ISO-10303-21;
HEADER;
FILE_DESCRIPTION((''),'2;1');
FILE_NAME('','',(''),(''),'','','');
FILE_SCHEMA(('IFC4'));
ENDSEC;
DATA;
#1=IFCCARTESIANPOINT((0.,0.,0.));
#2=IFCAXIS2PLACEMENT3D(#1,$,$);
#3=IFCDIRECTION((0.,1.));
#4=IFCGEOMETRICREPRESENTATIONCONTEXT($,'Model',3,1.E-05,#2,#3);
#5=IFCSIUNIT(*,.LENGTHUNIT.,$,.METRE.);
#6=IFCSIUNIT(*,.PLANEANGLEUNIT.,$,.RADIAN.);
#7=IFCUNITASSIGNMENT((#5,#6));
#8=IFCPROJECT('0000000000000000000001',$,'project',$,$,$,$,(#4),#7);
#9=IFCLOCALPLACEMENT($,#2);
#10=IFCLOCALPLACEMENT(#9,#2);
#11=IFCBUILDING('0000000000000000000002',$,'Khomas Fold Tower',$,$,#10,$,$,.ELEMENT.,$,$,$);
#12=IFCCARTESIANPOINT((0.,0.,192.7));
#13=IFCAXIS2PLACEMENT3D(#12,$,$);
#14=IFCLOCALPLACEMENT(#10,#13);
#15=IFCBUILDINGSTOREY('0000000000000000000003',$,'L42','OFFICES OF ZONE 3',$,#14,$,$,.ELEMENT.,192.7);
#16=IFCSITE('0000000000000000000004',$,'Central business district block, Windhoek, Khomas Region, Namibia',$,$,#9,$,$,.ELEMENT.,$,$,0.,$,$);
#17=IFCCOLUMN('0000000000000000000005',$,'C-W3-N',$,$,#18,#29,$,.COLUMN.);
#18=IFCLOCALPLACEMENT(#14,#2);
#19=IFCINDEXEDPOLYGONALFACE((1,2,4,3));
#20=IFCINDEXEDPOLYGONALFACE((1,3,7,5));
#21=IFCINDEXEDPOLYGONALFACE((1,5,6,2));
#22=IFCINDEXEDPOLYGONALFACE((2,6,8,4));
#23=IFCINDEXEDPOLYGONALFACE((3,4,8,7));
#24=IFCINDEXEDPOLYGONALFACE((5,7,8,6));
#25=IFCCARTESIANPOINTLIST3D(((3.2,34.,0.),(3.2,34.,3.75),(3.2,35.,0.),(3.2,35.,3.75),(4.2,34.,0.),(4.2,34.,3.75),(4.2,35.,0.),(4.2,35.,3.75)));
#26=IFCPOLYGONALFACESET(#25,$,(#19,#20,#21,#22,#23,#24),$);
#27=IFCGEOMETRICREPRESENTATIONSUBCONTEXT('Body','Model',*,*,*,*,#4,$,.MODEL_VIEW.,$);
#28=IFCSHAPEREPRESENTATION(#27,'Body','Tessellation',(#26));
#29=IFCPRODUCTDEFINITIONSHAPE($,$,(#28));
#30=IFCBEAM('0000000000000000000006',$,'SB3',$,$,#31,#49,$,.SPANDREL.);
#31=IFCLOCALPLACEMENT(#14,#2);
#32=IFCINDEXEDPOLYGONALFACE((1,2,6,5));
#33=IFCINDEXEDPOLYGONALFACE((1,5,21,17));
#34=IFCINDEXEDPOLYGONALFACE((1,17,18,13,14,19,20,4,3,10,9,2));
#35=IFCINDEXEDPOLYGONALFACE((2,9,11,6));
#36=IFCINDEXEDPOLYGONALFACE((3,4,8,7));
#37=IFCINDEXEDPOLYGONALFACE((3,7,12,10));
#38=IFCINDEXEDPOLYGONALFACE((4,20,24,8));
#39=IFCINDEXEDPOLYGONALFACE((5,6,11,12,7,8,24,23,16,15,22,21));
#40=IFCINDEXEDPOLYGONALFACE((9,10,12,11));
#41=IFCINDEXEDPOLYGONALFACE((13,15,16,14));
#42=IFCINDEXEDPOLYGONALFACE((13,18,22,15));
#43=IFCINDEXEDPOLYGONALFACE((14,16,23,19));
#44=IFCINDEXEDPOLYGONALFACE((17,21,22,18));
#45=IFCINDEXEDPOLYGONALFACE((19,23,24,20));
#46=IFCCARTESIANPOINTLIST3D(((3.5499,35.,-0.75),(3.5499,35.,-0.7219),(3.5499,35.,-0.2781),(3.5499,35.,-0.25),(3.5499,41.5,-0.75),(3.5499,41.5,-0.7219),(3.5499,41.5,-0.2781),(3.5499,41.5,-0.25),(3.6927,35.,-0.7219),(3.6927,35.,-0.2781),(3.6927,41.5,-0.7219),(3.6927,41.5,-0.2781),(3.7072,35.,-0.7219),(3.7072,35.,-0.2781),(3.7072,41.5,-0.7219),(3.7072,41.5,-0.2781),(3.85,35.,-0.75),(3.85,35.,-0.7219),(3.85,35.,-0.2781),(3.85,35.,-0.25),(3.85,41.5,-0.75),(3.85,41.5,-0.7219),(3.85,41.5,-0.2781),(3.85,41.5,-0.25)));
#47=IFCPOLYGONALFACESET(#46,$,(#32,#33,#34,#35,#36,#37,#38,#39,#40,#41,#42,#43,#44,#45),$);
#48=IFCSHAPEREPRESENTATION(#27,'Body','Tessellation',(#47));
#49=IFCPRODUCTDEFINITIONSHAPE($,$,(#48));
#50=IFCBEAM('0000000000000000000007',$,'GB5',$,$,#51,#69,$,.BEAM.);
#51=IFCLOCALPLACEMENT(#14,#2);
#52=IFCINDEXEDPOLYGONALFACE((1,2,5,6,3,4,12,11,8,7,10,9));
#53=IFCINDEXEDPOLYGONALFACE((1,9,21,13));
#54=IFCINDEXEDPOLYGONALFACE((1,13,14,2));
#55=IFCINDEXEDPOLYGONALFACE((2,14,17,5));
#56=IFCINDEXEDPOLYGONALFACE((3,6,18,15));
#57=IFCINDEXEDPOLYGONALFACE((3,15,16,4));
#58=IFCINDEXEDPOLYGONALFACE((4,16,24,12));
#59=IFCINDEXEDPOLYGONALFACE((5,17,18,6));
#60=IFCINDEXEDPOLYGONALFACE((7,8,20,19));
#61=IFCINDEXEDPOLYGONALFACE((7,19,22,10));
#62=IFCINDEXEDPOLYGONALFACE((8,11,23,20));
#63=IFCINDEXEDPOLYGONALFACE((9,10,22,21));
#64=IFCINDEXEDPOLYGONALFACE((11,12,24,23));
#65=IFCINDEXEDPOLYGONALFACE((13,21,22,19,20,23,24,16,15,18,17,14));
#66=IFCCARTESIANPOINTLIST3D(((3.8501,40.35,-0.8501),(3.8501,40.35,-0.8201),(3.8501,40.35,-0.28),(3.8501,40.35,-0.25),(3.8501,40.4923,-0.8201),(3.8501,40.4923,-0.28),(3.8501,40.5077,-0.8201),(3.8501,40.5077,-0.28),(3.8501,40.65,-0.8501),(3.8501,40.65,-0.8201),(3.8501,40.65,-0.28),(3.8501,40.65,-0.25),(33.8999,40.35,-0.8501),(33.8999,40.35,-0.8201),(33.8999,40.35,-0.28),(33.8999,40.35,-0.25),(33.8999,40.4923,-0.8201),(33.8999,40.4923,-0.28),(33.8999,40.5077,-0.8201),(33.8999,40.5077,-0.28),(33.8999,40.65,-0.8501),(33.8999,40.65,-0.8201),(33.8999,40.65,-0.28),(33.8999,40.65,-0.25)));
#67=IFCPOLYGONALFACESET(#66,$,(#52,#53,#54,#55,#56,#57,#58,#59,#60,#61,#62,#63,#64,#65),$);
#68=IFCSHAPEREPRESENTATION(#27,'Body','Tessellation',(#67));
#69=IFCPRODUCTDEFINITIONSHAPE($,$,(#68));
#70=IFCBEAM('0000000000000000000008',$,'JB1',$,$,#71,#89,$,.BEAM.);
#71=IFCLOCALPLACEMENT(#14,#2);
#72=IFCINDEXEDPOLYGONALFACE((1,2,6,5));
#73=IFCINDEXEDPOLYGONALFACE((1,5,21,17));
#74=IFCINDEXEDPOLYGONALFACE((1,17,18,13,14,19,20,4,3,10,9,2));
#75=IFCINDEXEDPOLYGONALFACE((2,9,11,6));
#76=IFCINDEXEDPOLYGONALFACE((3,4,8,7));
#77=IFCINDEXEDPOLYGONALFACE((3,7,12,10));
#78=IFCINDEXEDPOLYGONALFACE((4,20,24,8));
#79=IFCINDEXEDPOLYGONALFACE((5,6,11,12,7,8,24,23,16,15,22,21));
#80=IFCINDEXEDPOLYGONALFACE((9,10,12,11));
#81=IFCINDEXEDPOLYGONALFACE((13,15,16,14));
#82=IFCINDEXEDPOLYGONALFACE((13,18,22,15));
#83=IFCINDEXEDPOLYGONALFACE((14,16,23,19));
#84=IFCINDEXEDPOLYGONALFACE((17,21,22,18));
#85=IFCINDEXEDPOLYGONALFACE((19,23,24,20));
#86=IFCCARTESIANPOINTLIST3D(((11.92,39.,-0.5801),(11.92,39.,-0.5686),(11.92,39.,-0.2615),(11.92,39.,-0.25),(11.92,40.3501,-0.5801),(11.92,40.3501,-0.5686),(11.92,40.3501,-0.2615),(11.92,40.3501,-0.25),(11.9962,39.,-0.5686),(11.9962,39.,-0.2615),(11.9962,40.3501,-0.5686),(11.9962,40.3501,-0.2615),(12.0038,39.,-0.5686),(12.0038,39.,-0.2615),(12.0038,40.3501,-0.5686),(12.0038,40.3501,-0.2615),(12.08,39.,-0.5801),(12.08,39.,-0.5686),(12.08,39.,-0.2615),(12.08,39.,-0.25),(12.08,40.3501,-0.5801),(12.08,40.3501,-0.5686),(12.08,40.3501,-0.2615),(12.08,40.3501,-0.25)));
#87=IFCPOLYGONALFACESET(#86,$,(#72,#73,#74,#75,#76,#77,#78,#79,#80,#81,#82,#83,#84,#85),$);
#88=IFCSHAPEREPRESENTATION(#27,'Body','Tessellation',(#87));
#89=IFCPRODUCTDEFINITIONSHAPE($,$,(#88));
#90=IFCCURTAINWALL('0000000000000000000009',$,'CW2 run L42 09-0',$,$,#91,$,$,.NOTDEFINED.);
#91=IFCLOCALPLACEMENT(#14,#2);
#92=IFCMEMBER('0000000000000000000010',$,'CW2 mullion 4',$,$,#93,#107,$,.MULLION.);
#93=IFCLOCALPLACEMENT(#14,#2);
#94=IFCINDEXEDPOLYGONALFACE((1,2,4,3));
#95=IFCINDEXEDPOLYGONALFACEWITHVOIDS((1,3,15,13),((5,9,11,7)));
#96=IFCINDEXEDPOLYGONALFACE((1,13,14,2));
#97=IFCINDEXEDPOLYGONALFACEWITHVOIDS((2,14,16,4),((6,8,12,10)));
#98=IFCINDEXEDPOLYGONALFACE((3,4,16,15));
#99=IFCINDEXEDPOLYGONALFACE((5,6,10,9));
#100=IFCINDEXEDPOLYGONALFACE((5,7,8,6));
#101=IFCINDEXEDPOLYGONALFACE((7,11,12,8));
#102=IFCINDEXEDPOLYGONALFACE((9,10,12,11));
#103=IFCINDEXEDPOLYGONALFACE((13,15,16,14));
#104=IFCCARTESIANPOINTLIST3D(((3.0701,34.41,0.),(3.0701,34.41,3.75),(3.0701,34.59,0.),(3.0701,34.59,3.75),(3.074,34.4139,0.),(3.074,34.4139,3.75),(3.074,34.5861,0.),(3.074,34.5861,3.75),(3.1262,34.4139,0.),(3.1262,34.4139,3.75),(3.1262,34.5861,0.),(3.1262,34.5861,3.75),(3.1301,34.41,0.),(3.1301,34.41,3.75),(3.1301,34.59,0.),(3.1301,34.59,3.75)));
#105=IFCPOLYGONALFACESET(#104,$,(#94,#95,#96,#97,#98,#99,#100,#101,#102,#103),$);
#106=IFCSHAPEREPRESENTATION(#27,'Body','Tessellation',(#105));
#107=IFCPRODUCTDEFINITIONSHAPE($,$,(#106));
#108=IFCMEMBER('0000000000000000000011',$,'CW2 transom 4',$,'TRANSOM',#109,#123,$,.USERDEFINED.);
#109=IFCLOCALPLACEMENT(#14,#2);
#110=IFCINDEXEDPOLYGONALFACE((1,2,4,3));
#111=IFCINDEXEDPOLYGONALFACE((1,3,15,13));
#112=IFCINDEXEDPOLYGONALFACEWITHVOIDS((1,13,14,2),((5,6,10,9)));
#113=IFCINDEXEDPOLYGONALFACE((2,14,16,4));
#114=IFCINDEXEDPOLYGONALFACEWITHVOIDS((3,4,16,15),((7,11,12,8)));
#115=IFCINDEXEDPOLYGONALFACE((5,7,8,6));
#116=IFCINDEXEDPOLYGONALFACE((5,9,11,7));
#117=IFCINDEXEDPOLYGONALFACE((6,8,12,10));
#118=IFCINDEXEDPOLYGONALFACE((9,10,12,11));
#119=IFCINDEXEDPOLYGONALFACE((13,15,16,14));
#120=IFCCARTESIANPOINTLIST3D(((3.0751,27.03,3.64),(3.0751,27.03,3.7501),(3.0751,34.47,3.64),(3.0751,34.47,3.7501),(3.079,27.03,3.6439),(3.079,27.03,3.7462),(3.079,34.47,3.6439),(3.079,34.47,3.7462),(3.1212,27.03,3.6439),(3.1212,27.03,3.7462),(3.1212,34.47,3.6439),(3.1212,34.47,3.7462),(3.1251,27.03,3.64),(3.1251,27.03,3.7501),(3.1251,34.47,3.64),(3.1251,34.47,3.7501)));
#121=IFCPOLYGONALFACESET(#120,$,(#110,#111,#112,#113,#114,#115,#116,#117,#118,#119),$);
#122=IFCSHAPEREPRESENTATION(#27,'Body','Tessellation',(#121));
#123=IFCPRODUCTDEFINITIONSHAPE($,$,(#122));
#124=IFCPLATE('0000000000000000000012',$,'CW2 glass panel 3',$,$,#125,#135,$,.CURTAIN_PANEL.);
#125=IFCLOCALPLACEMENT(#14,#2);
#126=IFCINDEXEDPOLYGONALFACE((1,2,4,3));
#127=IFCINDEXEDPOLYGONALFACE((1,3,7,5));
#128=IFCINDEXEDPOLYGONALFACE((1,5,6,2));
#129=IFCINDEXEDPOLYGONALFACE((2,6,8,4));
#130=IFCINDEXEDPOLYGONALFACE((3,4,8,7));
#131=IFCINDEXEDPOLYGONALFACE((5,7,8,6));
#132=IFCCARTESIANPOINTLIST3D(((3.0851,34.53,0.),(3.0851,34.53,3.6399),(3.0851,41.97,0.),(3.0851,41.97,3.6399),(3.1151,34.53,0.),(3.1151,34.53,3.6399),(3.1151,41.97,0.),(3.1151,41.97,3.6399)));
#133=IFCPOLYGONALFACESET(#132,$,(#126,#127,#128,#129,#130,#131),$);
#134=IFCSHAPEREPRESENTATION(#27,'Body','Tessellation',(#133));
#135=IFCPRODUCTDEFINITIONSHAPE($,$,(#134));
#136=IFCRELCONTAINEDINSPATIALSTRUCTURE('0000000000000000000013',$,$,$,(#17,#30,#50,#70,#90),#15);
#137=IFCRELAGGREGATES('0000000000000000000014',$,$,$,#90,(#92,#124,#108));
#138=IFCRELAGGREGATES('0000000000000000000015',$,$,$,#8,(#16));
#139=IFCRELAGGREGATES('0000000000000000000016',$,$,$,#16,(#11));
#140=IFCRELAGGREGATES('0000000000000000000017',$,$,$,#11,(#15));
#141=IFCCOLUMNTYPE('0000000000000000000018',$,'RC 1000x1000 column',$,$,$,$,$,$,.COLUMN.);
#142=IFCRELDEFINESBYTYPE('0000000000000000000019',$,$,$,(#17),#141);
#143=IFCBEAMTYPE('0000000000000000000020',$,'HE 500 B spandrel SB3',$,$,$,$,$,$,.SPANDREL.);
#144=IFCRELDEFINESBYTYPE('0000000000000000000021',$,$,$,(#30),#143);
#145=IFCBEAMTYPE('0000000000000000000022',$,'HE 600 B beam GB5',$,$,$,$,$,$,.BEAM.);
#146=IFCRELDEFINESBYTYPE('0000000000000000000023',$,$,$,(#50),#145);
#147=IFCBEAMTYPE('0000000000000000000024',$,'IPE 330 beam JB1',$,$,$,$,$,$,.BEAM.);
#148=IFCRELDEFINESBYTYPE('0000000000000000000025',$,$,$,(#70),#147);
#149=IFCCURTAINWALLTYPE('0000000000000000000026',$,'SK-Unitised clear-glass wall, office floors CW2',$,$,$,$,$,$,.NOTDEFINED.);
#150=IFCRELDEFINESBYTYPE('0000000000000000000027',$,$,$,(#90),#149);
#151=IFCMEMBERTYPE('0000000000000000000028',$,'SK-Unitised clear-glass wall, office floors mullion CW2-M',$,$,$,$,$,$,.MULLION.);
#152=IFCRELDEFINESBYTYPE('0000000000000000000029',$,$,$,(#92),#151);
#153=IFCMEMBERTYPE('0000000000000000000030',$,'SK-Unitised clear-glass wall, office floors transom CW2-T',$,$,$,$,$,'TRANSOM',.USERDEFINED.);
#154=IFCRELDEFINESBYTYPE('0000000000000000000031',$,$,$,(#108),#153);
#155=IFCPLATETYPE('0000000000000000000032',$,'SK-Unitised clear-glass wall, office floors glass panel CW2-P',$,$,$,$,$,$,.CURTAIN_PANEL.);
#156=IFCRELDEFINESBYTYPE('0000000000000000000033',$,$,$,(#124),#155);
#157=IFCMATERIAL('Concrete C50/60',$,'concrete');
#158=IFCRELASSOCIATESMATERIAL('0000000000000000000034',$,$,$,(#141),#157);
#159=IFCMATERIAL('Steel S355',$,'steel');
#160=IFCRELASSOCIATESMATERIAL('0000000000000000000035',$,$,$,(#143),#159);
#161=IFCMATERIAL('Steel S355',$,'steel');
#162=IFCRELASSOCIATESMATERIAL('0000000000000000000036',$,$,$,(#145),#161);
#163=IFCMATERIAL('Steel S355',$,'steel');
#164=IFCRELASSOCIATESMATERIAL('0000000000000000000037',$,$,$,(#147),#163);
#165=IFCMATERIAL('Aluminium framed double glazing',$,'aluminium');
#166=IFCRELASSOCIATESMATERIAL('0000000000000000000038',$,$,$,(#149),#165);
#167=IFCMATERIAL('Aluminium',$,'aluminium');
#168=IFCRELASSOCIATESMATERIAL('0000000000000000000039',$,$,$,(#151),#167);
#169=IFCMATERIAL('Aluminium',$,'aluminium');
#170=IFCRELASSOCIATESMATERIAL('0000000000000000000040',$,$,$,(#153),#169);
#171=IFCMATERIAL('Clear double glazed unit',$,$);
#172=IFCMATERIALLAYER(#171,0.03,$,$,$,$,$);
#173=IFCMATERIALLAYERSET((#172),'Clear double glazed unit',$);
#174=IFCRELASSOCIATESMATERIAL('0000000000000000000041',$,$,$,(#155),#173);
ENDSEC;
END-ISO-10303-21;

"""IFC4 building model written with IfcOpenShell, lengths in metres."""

from ifc_helpers import new_model, si_unit, direction, frame, origin, origin_2d, place, context, subcontext, project, spatial, rectangle, hollow_rectangle, i_section, extrude, source, transform, mapped, material, layer, layer_set, material_profile, profile_set, type_object, element, aggregate, save


model = new_model("IFC4")

# Units and contexts
model_context = context("Model", 3, precision=1e-05, world=origin(), true_north=direction((0.0, 1.0)))
body_context = subcontext(model_context, "Body", "Model", "MODEL_VIEW")
ifc_project = project(units=[si_unit("LENGTHUNIT", "METRE"), si_unit("PLANEANGLEUNIT", "RADIAN")], contexts=[model_context])

# Site, building, storey
site_placement = place(None, origin())
site = spatial("IfcSite", under=ifc_project, at=site_placement, Name="Central business district block, Windhoek, Khomas Region, Namibia", CompositionType="ELEMENT", RefElevation=0.0)
building_placement = place(site_placement, origin())
building = spatial("IfcBuilding", under=site, at=building_placement, Name="Khomas Fold Tower", CompositionType="ELEMENT")
storey_placement = place(building_placement, frame((0.0, 0.0, 192.7)))
storey = spatial("IfcBuildingStorey", under=building, at=storey_placement, Name="L42", Description="OFFICES OF ZONE 3", CompositionType="ELEMENT", Elevation=192.7)

# Column
ifc_material_1 = material(Name="Concrete C50/60", Category="concrete")
ifc_material_profile_1 = material_profile(ifc_material_1, rectangle(XDim=1.0, YDim=1.0, at=origin_2d()), Name="RC 1000x1000")
ifc_profile_set_1 = profile_set([ifc_material_profile_1], Name="Concrete C50/60")
column_type = type_object("IfcColumnType", Name="RC 1000x1000 column", PredefinedType="COLUMN", material=ifc_profile_set_1)
shared_shape_1 = source(origin(), body_context, "Body", "SweptSolid", [
    extrude(rectangle(XDim=1.0, YDim=1.0, at=origin_2d()), origin(), (0.0, 0.0, 1.0), 3.75),
])
column_placement = place(storey_placement, frame((3.7, 34.5, 0.0), z_axis=(0.0, 0.0, 1.0), x_axis=(1.0, 0.0, 0.0)))
element("IfcColumn", 1, at=column_placement, inside=storey, type_object=column_type, Name="C-W3-N", PredefinedType="COLUMN", context=body_context, shape_type="MappedRepresentation", body=[
    mapped(shared_shape_1, transform((0.0, 0.0, 0.0))),
])

# Beams
ifc_material_2 = material(Name="Steel S355", Category="steel")
ifc_material_profile_2 = material_profile(ifc_material_2, i_section(OverallWidth=0.3, OverallDepth=0.5, WebThickness=0.0144, FlangeThickness=0.0281, at=origin_2d()), Name="HE 500 B")
ifc_profile_set_2 = profile_set([ifc_material_profile_2], Name="Steel S355")
beam_type_1 = type_object("IfcBeamType", Name="HE 500 B spandrel SB3", PredefinedType="SPANDREL", material=ifc_profile_set_2)
shared_shape_2 = source(origin(), body_context, "Body", "SweptSolid", [
    extrude(i_section(OverallWidth=0.3, OverallDepth=0.5, WebThickness=0.0144, FlangeThickness=0.0281, at=origin_2d()), origin(), (0.0, 0.0, 1.0), 6.5),
])
beam_1_placement = place(storey_placement, frame((3.7, 35.0, -0.5), z_axis=(0.0, 1.0, 0.0), x_axis=(-1.0, 0.0, 0.0)))
element("IfcBeam", 2, at=beam_1_placement, inside=storey, type_object=beam_type_1, Name="SB3", PredefinedType="SPANDREL", context=body_context, shape_type="MappedRepresentation", body=[
    mapped(shared_shape_2, transform((0.0, 0.0, 0.0))),
])
ifc_material_3 = material(Name="Steel S355", Category="steel")
ifc_material_profile_3 = material_profile(ifc_material_3, i_section(OverallWidth=0.3, OverallDepth=0.6001, WebThickness=0.0154, FlangeThickness=0.03, at=origin_2d()), Name="HE 600 B")
ifc_profile_set_3 = profile_set([ifc_material_profile_3], Name="Steel S355")
beam_type_2 = type_object("IfcBeamType", Name="HE 600 B beam GB5", PredefinedType="BEAM", material=ifc_profile_set_3)
shared_shape_3 = source(origin(), body_context, "Body", "SweptSolid", [
    extrude(i_section(OverallWidth=0.3, OverallDepth=0.6001, WebThickness=0.0154, FlangeThickness=0.03, at=origin_2d()), origin(), (0.0, 0.0, 1.0), 30.0498),
])
beam_2_placement = place(storey_placement, frame((3.8501, 40.5, -0.55), z_axis=(1.0, 0.0, 0.0), x_axis=(0.0, 1.0, 0.0)))
element("IfcBeam", 3, at=beam_2_placement, inside=storey, type_object=beam_type_2, Name="GB5", PredefinedType="BEAM", context=body_context, shape_type="MappedRepresentation", body=[
    mapped(shared_shape_3, transform((0.0, 0.0, 0.0))),
])
ifc_material_4 = material(Name="Steel S355", Category="steel")
ifc_material_profile_4 = material_profile(ifc_material_4, i_section(OverallWidth=0.1599, OverallDepth=0.3301, WebThickness=0.0076, FlangeThickness=0.0115, at=origin_2d()), Name="IPE 330")
ifc_profile_set_4 = profile_set([ifc_material_profile_4], Name="Steel S355")
beam_type_3 = type_object("IfcBeamType", Name="IPE 330 beam JB1", PredefinedType="BEAM", material=ifc_profile_set_4)
shared_shape_4 = source(origin(), body_context, "Body", "SweptSolid", [
    extrude(i_section(OverallWidth=0.1599, OverallDepth=0.3301, WebThickness=0.0076, FlangeThickness=0.0115, at=origin_2d()), origin(), (0.0, 0.0, 1.0), 1.3501),
])
beam_3_placement = place(storey_placement, frame((12.0, 39.0, -0.415), z_axis=(0.0, 1.0, 0.0), x_axis=(-1.0, 0.0, 0.0)))
element("IfcBeam", 4, at=beam_3_placement, inside=storey, type_object=beam_type_3, Name="JB1", PredefinedType="BEAM", context=body_context, shape_type="MappedRepresentation", body=[
    mapped(shared_shape_4, transform((0.0, 0.0, 0.0))),
])

# Curtain wall, members, plate
ifc_material_5 = material(Name="Aluminium framed double glazing", Category="aluminium")
curtain_wall_type = type_object("IfcCurtainWallType", Name="SK-Unitised clear-glass wall, office floors CW2", PredefinedType="NOTDEFINED", material=ifc_material_5)
curtain_wall_placement = place(storey_placement, origin())
curtain_wall = element("IfcCurtainWall", 5, at=curtain_wall_placement, inside=storey, type_object=curtain_wall_type, Name="CW2 run L42 09-0", PredefinedType="NOTDEFINED")
ifc_material_6 = material(Name="Aluminium", Category="aluminium")
ifc_material_profile_5 = material_profile(ifc_material_6, hollow_rectangle(XDim=0.0601, YDim=0.1799, WallThickness=0.0039, at=origin_2d()), Name="SK-Unitised clear-glass wall, office floors mullion CW2-M")
ifc_profile_set_5 = profile_set([ifc_material_profile_5], Name="Aluminium")
member_type_1 = type_object("IfcMemberType", Name="SK-Unitised clear-glass wall, office floors mullion CW2-M", PredefinedType="MULLION", material=ifc_profile_set_5)
shared_shape_5 = source(origin(), body_context, "Body", "SweptSolid", [
    extrude(hollow_rectangle(XDim=0.0601, YDim=0.1799, WallThickness=0.0039, at=origin_2d()), origin(), (0.0, 0.0, 1.0), 3.75),
])
member_1_placement = place(storey_placement, frame((3.1001, 34.5, 0.0), z_axis=(0.0, 0.0, 1.0), x_axis=(1.0, 0.0, 0.0)))
member_1 = element("IfcMember", 6, at=member_1_placement, type_object=member_type_1, Name="CW2 mullion 4", PredefinedType="MULLION", context=body_context, shape_type="MappedRepresentation", body=[
    mapped(shared_shape_5, transform((0.0, 0.0, 0.0))),
])
ifc_material_7 = material(Name="Aluminium", Category="aluminium")
ifc_material_profile_6 = material_profile(ifc_material_7, hollow_rectangle(XDim=0.05, YDim=0.1101, WallThickness=0.0039, at=origin_2d()), Name="SK-Unitised clear-glass wall, office floors transom CW2-T")
ifc_profile_set_6 = profile_set([ifc_material_profile_6], Name="Aluminium")
member_type_2 = type_object("IfcMemberType", Name="SK-Unitised clear-glass wall, office floors transom CW2-T", ElementType="TRANSOM", PredefinedType="USERDEFINED", material=ifc_profile_set_6)
shared_shape_6 = source(origin(), body_context, "Body", "SweptSolid", [
    extrude(hollow_rectangle(XDim=0.05, YDim=0.1101, WallThickness=0.0039, at=origin_2d()), origin(), (0.0, 0.0, 1.0), 7.4399),
])
member_2_placement = place(storey_placement, frame((3.1001, 34.47, 3.6951), z_axis=(0.0, -1.0, 0.0), x_axis=(1.0, 0.0, 0.0)))
member_2 = element("IfcMember", 7, at=member_2_placement, type_object=member_type_2, Name="CW2 transom 4", ObjectType="TRANSOM", PredefinedType="USERDEFINED", context=body_context, shape_type="MappedRepresentation", body=[
    mapped(shared_shape_6, transform((0.0, 0.0, 0.0))),
])
ifc_material_8 = material(Name="Clear double glazed unit")
ifc_layer_1 = layer(ifc_material_8, 0.03)
ifc_layer_set_1 = layer_set([ifc_layer_1], Name="Clear double glazed unit")
plate_type = type_object("IfcPlateType", Name="SK-Unitised clear-glass wall, office floors glass panel CW2-P", PredefinedType="CURTAIN_PANEL", material=ifc_layer_set_1)
shared_shape_7 = source(origin(), body_context, "Body", "SweptSolid", [
    extrude(rectangle(XDim=7.4399, YDim=0.03, at=origin_2d()), origin(), (0.0, 0.0, 1.0), 3.6399),
])
plate_placement = place(storey_placement, frame((3.1001, 38.25, 0.0), z_axis=(0.0, 0.0, 1.0), x_axis=(0.0, -1.0, 0.0)))
plate = element("IfcPlate", 8, at=plate_placement, type_object=plate_type, Name="CW2 glass panel 3", PredefinedType="CURTAIN_PANEL", context=body_context, shape_type="MappedRepresentation", body=[
    mapped(shared_shape_7, transform((0.0, 0.0, 0.0))),
])
aggregate(curtain_wall, [member_1, plate, member_2])

save(model, "model.ifc")
